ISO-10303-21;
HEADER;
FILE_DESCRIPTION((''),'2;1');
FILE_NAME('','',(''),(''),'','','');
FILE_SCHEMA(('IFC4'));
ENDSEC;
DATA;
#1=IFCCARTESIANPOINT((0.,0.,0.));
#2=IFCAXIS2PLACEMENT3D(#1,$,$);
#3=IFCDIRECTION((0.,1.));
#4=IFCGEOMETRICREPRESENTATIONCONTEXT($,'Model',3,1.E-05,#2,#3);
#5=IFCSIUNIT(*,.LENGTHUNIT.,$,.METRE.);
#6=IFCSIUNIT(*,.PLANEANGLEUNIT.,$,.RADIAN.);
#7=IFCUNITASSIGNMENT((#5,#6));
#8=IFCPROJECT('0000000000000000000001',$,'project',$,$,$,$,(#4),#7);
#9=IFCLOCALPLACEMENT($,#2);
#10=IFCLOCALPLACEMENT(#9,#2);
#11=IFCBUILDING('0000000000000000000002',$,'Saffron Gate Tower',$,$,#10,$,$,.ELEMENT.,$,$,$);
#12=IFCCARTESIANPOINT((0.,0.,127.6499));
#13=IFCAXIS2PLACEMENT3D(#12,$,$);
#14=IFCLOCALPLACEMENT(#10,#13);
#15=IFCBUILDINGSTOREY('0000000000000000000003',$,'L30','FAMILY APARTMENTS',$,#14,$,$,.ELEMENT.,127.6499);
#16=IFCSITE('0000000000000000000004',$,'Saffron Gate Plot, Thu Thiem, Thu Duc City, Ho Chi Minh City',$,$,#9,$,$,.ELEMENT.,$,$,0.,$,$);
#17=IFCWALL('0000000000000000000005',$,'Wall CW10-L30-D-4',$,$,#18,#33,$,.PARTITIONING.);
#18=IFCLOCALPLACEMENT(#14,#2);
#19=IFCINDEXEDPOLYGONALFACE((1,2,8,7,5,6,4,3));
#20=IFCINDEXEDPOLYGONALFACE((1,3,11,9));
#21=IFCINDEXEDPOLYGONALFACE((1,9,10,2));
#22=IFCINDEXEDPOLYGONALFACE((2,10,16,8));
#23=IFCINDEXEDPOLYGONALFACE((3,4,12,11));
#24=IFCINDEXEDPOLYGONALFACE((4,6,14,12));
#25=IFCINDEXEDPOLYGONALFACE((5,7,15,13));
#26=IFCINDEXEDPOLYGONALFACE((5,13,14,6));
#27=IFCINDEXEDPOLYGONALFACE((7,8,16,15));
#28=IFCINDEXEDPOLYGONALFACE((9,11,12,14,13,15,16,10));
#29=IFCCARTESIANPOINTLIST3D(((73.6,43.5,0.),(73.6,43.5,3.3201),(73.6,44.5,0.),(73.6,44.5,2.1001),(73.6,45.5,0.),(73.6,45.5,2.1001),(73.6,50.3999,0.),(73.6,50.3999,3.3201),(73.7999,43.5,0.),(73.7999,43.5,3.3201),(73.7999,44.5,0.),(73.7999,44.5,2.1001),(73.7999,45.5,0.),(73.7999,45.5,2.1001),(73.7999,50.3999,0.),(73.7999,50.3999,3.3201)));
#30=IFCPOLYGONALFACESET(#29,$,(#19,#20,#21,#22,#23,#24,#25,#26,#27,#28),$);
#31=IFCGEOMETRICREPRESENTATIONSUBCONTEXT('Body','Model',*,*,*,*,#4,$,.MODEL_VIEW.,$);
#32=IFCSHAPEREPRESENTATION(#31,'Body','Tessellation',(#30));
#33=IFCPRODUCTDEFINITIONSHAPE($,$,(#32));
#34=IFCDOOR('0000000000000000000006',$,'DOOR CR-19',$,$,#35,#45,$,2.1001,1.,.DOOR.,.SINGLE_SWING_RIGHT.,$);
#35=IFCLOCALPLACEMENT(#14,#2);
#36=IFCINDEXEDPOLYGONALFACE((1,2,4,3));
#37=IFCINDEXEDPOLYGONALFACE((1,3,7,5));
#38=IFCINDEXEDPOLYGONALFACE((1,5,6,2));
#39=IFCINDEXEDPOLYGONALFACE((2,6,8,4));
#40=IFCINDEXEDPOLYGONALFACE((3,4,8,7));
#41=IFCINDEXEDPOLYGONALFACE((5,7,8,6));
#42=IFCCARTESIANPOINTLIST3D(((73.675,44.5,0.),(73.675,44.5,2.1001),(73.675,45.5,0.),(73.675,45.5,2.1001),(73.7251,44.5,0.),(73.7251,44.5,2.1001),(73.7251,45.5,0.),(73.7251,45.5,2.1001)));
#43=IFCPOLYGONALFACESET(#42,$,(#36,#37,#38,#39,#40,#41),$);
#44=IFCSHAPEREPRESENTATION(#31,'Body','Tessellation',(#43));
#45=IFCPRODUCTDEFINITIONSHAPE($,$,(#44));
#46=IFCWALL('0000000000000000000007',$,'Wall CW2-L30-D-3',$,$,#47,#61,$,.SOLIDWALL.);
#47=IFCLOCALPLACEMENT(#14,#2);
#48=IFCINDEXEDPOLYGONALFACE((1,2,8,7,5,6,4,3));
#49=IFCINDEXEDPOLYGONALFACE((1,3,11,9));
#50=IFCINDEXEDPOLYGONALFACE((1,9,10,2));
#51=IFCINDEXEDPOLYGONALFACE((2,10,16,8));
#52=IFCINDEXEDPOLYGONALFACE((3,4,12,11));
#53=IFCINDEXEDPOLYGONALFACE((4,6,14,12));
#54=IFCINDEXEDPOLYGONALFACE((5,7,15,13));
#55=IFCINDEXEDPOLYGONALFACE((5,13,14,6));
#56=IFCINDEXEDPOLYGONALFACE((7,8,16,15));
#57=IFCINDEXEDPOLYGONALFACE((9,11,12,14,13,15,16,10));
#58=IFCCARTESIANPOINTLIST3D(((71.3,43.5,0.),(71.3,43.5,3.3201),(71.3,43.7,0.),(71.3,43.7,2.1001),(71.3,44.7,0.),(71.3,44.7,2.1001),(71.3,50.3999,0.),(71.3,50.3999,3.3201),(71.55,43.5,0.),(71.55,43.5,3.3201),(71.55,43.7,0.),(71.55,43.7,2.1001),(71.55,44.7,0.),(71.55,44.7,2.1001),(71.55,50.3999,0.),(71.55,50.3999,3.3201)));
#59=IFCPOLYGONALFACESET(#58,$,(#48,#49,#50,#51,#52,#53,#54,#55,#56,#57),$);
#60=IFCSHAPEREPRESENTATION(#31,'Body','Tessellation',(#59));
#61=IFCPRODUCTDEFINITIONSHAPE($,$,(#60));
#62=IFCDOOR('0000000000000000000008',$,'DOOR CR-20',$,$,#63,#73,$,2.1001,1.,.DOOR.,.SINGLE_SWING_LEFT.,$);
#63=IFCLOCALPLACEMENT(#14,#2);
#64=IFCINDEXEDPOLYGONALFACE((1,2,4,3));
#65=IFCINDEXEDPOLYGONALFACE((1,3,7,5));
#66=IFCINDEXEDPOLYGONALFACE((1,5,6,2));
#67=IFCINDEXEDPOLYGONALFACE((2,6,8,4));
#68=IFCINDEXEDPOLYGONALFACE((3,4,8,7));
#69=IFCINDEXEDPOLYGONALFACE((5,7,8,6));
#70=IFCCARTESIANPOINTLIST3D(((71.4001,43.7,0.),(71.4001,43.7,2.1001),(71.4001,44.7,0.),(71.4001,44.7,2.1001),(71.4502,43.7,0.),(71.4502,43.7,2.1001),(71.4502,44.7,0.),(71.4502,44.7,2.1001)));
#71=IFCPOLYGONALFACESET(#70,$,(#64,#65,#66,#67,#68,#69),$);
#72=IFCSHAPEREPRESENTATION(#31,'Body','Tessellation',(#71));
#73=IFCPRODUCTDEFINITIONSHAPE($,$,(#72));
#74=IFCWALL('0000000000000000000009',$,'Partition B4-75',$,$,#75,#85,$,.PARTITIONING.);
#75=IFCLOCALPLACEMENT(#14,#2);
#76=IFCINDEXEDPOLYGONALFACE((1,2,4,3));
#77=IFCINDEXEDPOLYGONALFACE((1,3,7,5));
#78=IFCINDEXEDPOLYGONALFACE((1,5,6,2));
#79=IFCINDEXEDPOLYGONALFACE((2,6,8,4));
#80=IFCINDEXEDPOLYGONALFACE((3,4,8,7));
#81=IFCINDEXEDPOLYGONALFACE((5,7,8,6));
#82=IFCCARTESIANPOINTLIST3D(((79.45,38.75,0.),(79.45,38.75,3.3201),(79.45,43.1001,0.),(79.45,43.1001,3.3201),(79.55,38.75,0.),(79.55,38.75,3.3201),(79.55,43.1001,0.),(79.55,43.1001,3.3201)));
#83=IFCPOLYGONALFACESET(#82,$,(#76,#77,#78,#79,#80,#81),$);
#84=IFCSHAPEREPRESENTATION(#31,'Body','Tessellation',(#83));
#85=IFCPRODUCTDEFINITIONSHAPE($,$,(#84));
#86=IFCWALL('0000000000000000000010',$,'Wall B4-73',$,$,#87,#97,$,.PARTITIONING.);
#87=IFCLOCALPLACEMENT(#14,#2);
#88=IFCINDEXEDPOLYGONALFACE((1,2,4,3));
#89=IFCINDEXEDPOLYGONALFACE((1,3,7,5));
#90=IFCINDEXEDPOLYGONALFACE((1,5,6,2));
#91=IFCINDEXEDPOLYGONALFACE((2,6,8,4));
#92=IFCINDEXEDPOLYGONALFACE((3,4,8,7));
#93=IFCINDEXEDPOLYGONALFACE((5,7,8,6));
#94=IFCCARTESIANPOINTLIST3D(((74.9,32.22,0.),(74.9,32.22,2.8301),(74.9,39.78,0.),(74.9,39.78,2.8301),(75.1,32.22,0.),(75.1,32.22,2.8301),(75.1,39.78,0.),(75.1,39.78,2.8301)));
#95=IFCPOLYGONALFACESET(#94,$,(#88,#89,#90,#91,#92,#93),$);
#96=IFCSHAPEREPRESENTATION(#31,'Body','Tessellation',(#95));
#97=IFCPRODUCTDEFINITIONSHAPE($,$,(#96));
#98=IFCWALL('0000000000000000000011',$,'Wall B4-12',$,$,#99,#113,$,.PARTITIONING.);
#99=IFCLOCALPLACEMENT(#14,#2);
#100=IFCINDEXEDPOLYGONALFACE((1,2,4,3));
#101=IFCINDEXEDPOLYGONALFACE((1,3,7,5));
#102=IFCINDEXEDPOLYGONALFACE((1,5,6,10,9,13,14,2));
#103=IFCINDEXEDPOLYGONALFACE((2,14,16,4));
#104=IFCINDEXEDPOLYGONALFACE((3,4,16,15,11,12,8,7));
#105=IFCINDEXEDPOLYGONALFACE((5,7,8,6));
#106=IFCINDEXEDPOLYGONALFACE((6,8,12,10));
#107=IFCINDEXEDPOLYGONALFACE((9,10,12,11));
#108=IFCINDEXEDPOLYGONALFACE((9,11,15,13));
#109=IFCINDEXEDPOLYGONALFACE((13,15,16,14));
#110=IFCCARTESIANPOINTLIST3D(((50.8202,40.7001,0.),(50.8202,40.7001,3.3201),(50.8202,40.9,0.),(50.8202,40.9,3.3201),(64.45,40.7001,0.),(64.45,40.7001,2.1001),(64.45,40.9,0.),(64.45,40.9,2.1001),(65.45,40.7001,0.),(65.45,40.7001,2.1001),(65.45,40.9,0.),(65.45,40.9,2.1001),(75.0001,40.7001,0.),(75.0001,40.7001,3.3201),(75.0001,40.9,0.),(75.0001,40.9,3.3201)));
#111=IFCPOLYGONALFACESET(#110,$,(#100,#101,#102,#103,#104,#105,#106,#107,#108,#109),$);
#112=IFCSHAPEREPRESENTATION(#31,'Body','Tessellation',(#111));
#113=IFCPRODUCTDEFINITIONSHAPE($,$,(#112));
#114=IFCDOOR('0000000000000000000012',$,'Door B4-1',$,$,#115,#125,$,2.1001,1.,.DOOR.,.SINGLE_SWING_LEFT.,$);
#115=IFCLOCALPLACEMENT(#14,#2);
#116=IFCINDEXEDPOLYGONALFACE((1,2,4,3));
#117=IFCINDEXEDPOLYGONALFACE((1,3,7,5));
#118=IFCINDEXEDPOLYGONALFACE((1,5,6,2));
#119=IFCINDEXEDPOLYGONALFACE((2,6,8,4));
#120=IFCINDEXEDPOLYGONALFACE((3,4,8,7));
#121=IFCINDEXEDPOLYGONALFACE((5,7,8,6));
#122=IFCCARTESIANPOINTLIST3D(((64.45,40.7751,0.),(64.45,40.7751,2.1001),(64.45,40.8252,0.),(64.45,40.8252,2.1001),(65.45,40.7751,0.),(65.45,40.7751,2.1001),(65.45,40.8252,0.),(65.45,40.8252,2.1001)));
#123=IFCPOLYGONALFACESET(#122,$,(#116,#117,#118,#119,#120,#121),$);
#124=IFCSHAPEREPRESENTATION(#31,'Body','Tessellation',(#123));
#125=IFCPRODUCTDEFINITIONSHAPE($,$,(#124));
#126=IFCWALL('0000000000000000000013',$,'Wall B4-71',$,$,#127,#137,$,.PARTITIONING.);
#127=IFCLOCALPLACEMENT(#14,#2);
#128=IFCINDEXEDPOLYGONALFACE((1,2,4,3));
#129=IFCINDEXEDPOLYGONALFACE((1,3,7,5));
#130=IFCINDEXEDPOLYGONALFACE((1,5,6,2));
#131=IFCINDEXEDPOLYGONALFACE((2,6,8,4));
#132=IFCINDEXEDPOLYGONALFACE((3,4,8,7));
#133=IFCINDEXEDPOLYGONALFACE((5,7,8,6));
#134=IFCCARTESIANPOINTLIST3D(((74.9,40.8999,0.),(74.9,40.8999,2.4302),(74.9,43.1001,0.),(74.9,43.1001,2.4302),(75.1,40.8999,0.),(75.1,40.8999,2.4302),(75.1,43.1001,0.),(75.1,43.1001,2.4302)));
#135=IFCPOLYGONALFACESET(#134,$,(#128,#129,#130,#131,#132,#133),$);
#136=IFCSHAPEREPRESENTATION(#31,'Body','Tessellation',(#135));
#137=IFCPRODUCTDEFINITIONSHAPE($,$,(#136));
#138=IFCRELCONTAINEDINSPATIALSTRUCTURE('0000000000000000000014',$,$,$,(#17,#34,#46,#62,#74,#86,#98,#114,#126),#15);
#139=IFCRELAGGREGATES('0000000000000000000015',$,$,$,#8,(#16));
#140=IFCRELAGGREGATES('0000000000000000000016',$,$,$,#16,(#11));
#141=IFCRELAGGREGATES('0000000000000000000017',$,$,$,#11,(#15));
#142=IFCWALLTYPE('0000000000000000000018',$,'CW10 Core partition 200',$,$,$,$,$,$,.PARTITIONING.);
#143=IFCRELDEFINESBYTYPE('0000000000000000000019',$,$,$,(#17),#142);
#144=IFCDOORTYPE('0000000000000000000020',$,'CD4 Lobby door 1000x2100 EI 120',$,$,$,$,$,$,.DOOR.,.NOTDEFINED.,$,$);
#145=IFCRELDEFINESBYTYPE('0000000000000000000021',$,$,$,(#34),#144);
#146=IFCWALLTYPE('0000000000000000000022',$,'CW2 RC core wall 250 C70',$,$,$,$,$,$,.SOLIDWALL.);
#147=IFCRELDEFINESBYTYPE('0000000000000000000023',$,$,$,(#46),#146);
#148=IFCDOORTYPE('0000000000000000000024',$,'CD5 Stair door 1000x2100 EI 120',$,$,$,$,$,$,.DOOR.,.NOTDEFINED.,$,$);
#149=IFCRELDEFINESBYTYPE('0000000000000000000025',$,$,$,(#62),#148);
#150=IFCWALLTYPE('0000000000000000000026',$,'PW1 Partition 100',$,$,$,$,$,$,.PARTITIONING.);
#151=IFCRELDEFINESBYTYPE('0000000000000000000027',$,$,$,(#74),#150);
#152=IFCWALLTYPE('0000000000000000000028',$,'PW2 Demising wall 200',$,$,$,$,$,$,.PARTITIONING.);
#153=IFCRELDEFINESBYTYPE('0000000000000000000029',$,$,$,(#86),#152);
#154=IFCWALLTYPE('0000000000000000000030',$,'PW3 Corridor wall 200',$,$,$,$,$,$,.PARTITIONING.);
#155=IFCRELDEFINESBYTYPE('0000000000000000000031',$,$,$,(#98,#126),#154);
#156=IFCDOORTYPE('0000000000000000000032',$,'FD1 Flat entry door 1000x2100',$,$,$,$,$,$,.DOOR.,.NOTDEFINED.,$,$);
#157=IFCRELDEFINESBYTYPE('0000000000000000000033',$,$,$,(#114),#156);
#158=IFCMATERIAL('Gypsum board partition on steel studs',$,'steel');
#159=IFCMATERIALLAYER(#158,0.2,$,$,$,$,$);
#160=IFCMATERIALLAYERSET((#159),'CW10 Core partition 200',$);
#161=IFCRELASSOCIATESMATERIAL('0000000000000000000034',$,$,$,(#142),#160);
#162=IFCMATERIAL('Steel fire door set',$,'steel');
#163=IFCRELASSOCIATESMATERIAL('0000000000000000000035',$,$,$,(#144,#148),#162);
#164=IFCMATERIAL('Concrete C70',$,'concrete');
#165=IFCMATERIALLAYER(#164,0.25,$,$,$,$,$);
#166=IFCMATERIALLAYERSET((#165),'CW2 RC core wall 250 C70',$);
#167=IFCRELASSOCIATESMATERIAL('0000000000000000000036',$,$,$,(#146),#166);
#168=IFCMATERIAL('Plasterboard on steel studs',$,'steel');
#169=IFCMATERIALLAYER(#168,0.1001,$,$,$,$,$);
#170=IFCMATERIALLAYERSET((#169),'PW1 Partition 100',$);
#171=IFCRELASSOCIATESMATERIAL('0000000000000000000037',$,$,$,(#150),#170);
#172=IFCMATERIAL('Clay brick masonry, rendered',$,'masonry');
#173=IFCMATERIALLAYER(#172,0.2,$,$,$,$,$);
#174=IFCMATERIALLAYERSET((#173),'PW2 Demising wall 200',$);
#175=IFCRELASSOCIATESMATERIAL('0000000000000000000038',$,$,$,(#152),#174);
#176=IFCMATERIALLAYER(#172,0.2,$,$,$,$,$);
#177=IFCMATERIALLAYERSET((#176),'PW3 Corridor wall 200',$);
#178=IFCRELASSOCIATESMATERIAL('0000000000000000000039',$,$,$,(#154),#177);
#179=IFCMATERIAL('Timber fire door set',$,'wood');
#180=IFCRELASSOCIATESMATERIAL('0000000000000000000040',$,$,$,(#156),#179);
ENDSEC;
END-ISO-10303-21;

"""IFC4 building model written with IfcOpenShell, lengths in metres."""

from ifc_helpers import new_model, si_unit, direction, frame, frame_2d, origin, place, context, subcontext, project, spatial, rectangle, extrude, material, layer, layer_set, type_object, element, fill, save


model = new_model("IFC4")

# Units and contexts
model_context = context("Model", 3, precision=1e-05, world=origin(), true_north=direction((0.0, 1.0)))
body_context = subcontext(model_context, "Body", "Model", "MODEL_VIEW")
ifc_project = project(units=[si_unit("LENGTHUNIT", "METRE"), si_unit("PLANEANGLEUNIT", "RADIAN")], contexts=[model_context])

# Site, building, storey
site_placement = place(None, origin())
site = spatial("IfcSite", under=ifc_project, at=site_placement, Name="Saffron Gate Plot, Thu Thiem, Thu Duc City, Ho Chi Minh City", CompositionType="ELEMENT", RefElevation=0.0)
building_placement = place(site_placement, origin())
building = spatial("IfcBuilding", under=site, at=building_placement, Name="Saffron Gate Tower", CompositionType="ELEMENT")
storey_placement = place(building_placement, frame((0.0, 0.0, 127.6499)))
storey = spatial("IfcBuildingStorey", under=building, at=storey_placement, Name="L30", Description="FAMILY APARTMENTS", CompositionType="ELEMENT", Elevation=127.6499)

# Walls, openings, doors
ifc_material_1 = material(Name="Gypsum board partition on steel studs", Category="steel")
ifc_layer_1 = layer(ifc_material_1, 0.2)
ifc_layer_set_1 = layer_set([ifc_layer_1], Name="CW10 Core partition 200")
wall_type_1 = type_object("IfcWallType", Name="CW10 Core partition 200", PredefinedType="PARTITIONING", material=ifc_layer_set_1)
wall_1_placement = place(storey_placement, frame((73.7, 43.5, 0.0), z_axis=(0.0, 0.0, 1.0), x_axis=(0.0, 1.0, 0.0)))
wall_1 = element("IfcWall", 1, at=wall_1_placement, inside=storey, type_object=wall_type_1, Name="Wall CW10-L30-D-4", PredefinedType="PARTITIONING", context=body_context, shape_type="SweptSolid", body=[
    extrude(rectangle(XDim=6.8999, YDim=0.2, at=frame_2d((3.45, 0.0))), origin(), (0.0, 0.0, 1.0), 3.3201),
])
opening_1_placement = place(wall_1_placement, frame((1.0, 0.0, 0.0)))
opening_1 = element("IfcOpeningElement", 2, at=opening_1_placement, cuts=wall_1, PredefinedType="OPENING", context=body_context, shape_type="SweptSolid", body=[
    extrude(rectangle(XDim=1.0, YDim=2.1001, at=frame_2d((0.5, 1.05))), frame((0.0, 0.1099, 0.0), z_axis=(0.0, -1.0, 0.0), x_axis=(1.0, 0.0, 0.0)), (0.0, 0.0, 1.0), 0.22),
])
ifc_material_2 = material(Name="Steel fire door set", Category="steel")
door_type_1 = type_object("IfcDoorType", Name="CD4 Lobby door 1000x2100 EI 120", OperationType="NOTDEFINED", PredefinedType="DOOR", material=ifc_material_2)
door_1_placement = place(opening_1_placement, origin())
door_1 = element("IfcDoor", 3, at=door_1_placement, inside=storey, type_object=door_type_1, Name="DOOR CR-19", OperationType="SINGLE_SWING_RIGHT", OverallHeight=2.1001, OverallWidth=1.0, PredefinedType="DOOR", context=body_context, shape_type="SweptSolid", body=[
    extrude(rectangle(XDim=1.0, YDim=2.1001, at=frame_2d((0.5, 1.05))), frame((0.0, 0.0249, 0.0), z_axis=(0.0, -1.0, 0.0), x_axis=(1.0, 0.0, 0.0)), (0.0, 0.0, 1.0), 0.05),
])
fill(opening_1, door_1)
ifc_material_3 = material(Name="Concrete C70", Category="concrete")
ifc_layer_2 = layer(ifc_material_3, 0.25)
ifc_layer_set_2 = layer_set([ifc_layer_2], Name="CW2 RC core wall 250 C70")
wall_type_2 = type_object("IfcWallType", Name="CW2 RC core wall 250 C70", PredefinedType="SOLIDWALL", material=ifc_layer_set_2)
wall_2_placement = place(storey_placement, frame((71.425, 43.5, 0.0), z_axis=(0.0, 0.0, 1.0), x_axis=(0.0, 1.0, 0.0)))
wall_2 = element("IfcWall", 4, at=wall_2_placement, inside=storey, type_object=wall_type_2, Name="Wall CW2-L30-D-3", PredefinedType="SOLIDWALL", context=body_context, shape_type="SweptSolid", body=[
    extrude(rectangle(XDim=6.8999, YDim=0.25, at=frame_2d((3.45, 0.0))), origin(), (0.0, 0.0, 1.0), 3.3201),
])
opening_2_placement = place(wall_2_placement, frame((0.2, 0.0, 0.0)))
opening_2 = element("IfcOpeningElement", 5, at=opening_2_placement, cuts=wall_2, PredefinedType="OPENING", context=body_context, shape_type="SweptSolid", body=[
    extrude(rectangle(XDim=1.0, YDim=2.1001, at=frame_2d((0.5, 1.05))), frame((0.0, 0.135, 0.0), z_axis=(0.0, -1.0, 0.0), x_axis=(1.0, 0.0, 0.0)), (0.0, 0.0, 1.0), 0.27),
])
door_type_2 = type_object("IfcDoorType", Name="CD5 Stair door 1000x2100 EI 120", OperationType="NOTDEFINED", PredefinedType="DOOR", material=ifc_material_2)
door_2_placement = place(opening_2_placement, origin())
door_2 = element("IfcDoor", 6, at=door_2_placement, inside=storey, type_object=door_type_2, Name="DOOR CR-20", OperationType="SINGLE_SWING_LEFT", OverallHeight=2.1001, OverallWidth=1.0, PredefinedType="DOOR", context=body_context, shape_type="SweptSolid", body=[
    extrude(rectangle(XDim=1.0, YDim=2.1001, at=frame_2d((0.5, 1.05))), frame((0.0, 0.0249, 0.0), z_axis=(0.0, -1.0, 0.0), x_axis=(1.0, 0.0, 0.0)), (0.0, 0.0, 1.0), 0.05),
])
fill(opening_2, door_2)

# Walls
ifc_material_4 = material(Name="Plasterboard on steel studs", Category="steel")
ifc_layer_3 = layer(ifc_material_4, 0.1001)
ifc_layer_set_3 = layer_set([ifc_layer_3], Name="PW1 Partition 100")
wall_type_3 = type_object("IfcWallType", Name="PW1 Partition 100", PredefinedType="PARTITIONING", material=ifc_layer_set_3)
wall_3_placement = place(storey_placement, frame((79.5, 43.1001, 0.0), z_axis=(0.0, 0.0, 1.0), x_axis=(0.0, -1.0, 0.0)))
element("IfcWall", 7, at=wall_3_placement, inside=storey, type_object=wall_type_3, Name="Partition B4-75", PredefinedType="PARTITIONING", context=body_context, shape_type="SweptSolid", body=[
    extrude(rectangle(XDim=4.3501, YDim=0.1001, at=frame_2d((2.175, 0.0))), origin(), (0.0, 0.0, 1.0), 3.3201),
])
ifc_material_5 = material(Name="Clay brick masonry, rendered", Category="masonry")
ifc_layer_4 = layer(ifc_material_5, 0.2)
ifc_layer_set_4 = layer_set([ifc_layer_4], Name="PW2 Demising wall 200")
wall_type_4 = type_object("IfcWallType", Name="PW2 Demising wall 200", PredefinedType="PARTITIONING", material=ifc_layer_set_4)
wall_4_placement = place(storey_placement, frame((75.0, 39.78, 0.0), z_axis=(0.0, 0.0, 1.0), x_axis=(0.0, -1.0, 0.0)))
element("IfcWall", 8, at=wall_4_placement, inside=storey, type_object=wall_type_4, Name="Wall B4-73", PredefinedType="PARTITIONING", context=body_context, shape_type="SweptSolid", body=[
    extrude(rectangle(XDim=7.5601, YDim=0.2, at=frame_2d((3.78, 0.0))), origin(), (0.0, 0.0, 1.0), 2.8301),
])

# Wall, opening, door
ifc_layer_5 = layer(ifc_material_5, 0.2)
ifc_layer_set_5 = layer_set([ifc_layer_5], Name="PW3 Corridor wall 200")
wall_type_5 = type_object("IfcWallType", Name="PW3 Corridor wall 200", PredefinedType="PARTITIONING", material=ifc_layer_set_5)
wall_5_placement = place(storey_placement, frame((75.0, 40.8, 0.0), z_axis=(0.0, 0.0, 1.0), x_axis=(-1.0, 0.0, 0.0)))
wall_5 = element("IfcWall", 9, at=wall_5_placement, inside=storey, type_object=wall_type_5, Name="Wall B4-12", PredefinedType="PARTITIONING", context=body_context, shape_type="SweptSolid", body=[
    extrude(rectangle(XDim=24.1799, YDim=0.2, at=frame_2d((12.0898, 0.0))), origin(), (0.0, 0.0, 1.0), 3.3201),
])
opening_3_placement = place(wall_5_placement, frame((9.55, 0.0, 0.0)))
opening_3 = element("IfcOpeningElement", 10, at=opening_3_placement, cuts=wall_5, PredefinedType="OPENING", context=body_context, shape_type="SweptSolid", body=[
    extrude(rectangle(XDim=1.0, YDim=2.1001, at=frame_2d((0.5, 1.05))), frame((0.0, 0.1099, 0.0), z_axis=(0.0, -1.0, 0.0), x_axis=(1.0, 0.0, 0.0)), (0.0, 0.0, 1.0), 0.22),
])
ifc_material_6 = material(Name="Timber fire door set", Category="wood")
door_type_3 = type_object("IfcDoorType", Name="FD1 Flat entry door 1000x2100", OperationType="NOTDEFINED", PredefinedType="DOOR", material=ifc_material_6)
door_3_placement = place(opening_3_placement, origin())
door_3 = element("IfcDoor", 11, at=door_3_placement, inside=storey, type_object=door_type_3, Name="Door B4-1", OperationType="SINGLE_SWING_LEFT", OverallHeight=2.1001, OverallWidth=1.0, PredefinedType="DOOR", context=body_context, shape_type="SweptSolid", body=[
    extrude(rectangle(XDim=1.0, YDim=2.1001, at=frame_2d((0.5, 1.05))), frame((0.0, 0.0249, 0.0), z_axis=(0.0, -1.0, 0.0), x_axis=(1.0, 0.0, 0.0)), (0.0, 0.0, 1.0), 0.05),
])
fill(opening_3, door_3)

# Wall
wall_6_placement = place(storey_placement, frame((75.0, 43.1001, 0.0), z_axis=(0.0, 0.0, 1.0), x_axis=(0.0, -1.0, 0.0)))
element("IfcWall", 12, at=wall_6_placement, inside=storey, type_object=wall_type_5, Name="Wall B4-71", PredefinedType="PARTITIONING", context=body_context, shape_type="SweptSolid", body=[
    extrude(rectangle(XDim=2.2002, YDim=0.2, at=frame_2d((1.1001, 0.0))), origin(), (0.0, 0.0, 1.0), 2.4302),
])

save(model, "model.ifc")
